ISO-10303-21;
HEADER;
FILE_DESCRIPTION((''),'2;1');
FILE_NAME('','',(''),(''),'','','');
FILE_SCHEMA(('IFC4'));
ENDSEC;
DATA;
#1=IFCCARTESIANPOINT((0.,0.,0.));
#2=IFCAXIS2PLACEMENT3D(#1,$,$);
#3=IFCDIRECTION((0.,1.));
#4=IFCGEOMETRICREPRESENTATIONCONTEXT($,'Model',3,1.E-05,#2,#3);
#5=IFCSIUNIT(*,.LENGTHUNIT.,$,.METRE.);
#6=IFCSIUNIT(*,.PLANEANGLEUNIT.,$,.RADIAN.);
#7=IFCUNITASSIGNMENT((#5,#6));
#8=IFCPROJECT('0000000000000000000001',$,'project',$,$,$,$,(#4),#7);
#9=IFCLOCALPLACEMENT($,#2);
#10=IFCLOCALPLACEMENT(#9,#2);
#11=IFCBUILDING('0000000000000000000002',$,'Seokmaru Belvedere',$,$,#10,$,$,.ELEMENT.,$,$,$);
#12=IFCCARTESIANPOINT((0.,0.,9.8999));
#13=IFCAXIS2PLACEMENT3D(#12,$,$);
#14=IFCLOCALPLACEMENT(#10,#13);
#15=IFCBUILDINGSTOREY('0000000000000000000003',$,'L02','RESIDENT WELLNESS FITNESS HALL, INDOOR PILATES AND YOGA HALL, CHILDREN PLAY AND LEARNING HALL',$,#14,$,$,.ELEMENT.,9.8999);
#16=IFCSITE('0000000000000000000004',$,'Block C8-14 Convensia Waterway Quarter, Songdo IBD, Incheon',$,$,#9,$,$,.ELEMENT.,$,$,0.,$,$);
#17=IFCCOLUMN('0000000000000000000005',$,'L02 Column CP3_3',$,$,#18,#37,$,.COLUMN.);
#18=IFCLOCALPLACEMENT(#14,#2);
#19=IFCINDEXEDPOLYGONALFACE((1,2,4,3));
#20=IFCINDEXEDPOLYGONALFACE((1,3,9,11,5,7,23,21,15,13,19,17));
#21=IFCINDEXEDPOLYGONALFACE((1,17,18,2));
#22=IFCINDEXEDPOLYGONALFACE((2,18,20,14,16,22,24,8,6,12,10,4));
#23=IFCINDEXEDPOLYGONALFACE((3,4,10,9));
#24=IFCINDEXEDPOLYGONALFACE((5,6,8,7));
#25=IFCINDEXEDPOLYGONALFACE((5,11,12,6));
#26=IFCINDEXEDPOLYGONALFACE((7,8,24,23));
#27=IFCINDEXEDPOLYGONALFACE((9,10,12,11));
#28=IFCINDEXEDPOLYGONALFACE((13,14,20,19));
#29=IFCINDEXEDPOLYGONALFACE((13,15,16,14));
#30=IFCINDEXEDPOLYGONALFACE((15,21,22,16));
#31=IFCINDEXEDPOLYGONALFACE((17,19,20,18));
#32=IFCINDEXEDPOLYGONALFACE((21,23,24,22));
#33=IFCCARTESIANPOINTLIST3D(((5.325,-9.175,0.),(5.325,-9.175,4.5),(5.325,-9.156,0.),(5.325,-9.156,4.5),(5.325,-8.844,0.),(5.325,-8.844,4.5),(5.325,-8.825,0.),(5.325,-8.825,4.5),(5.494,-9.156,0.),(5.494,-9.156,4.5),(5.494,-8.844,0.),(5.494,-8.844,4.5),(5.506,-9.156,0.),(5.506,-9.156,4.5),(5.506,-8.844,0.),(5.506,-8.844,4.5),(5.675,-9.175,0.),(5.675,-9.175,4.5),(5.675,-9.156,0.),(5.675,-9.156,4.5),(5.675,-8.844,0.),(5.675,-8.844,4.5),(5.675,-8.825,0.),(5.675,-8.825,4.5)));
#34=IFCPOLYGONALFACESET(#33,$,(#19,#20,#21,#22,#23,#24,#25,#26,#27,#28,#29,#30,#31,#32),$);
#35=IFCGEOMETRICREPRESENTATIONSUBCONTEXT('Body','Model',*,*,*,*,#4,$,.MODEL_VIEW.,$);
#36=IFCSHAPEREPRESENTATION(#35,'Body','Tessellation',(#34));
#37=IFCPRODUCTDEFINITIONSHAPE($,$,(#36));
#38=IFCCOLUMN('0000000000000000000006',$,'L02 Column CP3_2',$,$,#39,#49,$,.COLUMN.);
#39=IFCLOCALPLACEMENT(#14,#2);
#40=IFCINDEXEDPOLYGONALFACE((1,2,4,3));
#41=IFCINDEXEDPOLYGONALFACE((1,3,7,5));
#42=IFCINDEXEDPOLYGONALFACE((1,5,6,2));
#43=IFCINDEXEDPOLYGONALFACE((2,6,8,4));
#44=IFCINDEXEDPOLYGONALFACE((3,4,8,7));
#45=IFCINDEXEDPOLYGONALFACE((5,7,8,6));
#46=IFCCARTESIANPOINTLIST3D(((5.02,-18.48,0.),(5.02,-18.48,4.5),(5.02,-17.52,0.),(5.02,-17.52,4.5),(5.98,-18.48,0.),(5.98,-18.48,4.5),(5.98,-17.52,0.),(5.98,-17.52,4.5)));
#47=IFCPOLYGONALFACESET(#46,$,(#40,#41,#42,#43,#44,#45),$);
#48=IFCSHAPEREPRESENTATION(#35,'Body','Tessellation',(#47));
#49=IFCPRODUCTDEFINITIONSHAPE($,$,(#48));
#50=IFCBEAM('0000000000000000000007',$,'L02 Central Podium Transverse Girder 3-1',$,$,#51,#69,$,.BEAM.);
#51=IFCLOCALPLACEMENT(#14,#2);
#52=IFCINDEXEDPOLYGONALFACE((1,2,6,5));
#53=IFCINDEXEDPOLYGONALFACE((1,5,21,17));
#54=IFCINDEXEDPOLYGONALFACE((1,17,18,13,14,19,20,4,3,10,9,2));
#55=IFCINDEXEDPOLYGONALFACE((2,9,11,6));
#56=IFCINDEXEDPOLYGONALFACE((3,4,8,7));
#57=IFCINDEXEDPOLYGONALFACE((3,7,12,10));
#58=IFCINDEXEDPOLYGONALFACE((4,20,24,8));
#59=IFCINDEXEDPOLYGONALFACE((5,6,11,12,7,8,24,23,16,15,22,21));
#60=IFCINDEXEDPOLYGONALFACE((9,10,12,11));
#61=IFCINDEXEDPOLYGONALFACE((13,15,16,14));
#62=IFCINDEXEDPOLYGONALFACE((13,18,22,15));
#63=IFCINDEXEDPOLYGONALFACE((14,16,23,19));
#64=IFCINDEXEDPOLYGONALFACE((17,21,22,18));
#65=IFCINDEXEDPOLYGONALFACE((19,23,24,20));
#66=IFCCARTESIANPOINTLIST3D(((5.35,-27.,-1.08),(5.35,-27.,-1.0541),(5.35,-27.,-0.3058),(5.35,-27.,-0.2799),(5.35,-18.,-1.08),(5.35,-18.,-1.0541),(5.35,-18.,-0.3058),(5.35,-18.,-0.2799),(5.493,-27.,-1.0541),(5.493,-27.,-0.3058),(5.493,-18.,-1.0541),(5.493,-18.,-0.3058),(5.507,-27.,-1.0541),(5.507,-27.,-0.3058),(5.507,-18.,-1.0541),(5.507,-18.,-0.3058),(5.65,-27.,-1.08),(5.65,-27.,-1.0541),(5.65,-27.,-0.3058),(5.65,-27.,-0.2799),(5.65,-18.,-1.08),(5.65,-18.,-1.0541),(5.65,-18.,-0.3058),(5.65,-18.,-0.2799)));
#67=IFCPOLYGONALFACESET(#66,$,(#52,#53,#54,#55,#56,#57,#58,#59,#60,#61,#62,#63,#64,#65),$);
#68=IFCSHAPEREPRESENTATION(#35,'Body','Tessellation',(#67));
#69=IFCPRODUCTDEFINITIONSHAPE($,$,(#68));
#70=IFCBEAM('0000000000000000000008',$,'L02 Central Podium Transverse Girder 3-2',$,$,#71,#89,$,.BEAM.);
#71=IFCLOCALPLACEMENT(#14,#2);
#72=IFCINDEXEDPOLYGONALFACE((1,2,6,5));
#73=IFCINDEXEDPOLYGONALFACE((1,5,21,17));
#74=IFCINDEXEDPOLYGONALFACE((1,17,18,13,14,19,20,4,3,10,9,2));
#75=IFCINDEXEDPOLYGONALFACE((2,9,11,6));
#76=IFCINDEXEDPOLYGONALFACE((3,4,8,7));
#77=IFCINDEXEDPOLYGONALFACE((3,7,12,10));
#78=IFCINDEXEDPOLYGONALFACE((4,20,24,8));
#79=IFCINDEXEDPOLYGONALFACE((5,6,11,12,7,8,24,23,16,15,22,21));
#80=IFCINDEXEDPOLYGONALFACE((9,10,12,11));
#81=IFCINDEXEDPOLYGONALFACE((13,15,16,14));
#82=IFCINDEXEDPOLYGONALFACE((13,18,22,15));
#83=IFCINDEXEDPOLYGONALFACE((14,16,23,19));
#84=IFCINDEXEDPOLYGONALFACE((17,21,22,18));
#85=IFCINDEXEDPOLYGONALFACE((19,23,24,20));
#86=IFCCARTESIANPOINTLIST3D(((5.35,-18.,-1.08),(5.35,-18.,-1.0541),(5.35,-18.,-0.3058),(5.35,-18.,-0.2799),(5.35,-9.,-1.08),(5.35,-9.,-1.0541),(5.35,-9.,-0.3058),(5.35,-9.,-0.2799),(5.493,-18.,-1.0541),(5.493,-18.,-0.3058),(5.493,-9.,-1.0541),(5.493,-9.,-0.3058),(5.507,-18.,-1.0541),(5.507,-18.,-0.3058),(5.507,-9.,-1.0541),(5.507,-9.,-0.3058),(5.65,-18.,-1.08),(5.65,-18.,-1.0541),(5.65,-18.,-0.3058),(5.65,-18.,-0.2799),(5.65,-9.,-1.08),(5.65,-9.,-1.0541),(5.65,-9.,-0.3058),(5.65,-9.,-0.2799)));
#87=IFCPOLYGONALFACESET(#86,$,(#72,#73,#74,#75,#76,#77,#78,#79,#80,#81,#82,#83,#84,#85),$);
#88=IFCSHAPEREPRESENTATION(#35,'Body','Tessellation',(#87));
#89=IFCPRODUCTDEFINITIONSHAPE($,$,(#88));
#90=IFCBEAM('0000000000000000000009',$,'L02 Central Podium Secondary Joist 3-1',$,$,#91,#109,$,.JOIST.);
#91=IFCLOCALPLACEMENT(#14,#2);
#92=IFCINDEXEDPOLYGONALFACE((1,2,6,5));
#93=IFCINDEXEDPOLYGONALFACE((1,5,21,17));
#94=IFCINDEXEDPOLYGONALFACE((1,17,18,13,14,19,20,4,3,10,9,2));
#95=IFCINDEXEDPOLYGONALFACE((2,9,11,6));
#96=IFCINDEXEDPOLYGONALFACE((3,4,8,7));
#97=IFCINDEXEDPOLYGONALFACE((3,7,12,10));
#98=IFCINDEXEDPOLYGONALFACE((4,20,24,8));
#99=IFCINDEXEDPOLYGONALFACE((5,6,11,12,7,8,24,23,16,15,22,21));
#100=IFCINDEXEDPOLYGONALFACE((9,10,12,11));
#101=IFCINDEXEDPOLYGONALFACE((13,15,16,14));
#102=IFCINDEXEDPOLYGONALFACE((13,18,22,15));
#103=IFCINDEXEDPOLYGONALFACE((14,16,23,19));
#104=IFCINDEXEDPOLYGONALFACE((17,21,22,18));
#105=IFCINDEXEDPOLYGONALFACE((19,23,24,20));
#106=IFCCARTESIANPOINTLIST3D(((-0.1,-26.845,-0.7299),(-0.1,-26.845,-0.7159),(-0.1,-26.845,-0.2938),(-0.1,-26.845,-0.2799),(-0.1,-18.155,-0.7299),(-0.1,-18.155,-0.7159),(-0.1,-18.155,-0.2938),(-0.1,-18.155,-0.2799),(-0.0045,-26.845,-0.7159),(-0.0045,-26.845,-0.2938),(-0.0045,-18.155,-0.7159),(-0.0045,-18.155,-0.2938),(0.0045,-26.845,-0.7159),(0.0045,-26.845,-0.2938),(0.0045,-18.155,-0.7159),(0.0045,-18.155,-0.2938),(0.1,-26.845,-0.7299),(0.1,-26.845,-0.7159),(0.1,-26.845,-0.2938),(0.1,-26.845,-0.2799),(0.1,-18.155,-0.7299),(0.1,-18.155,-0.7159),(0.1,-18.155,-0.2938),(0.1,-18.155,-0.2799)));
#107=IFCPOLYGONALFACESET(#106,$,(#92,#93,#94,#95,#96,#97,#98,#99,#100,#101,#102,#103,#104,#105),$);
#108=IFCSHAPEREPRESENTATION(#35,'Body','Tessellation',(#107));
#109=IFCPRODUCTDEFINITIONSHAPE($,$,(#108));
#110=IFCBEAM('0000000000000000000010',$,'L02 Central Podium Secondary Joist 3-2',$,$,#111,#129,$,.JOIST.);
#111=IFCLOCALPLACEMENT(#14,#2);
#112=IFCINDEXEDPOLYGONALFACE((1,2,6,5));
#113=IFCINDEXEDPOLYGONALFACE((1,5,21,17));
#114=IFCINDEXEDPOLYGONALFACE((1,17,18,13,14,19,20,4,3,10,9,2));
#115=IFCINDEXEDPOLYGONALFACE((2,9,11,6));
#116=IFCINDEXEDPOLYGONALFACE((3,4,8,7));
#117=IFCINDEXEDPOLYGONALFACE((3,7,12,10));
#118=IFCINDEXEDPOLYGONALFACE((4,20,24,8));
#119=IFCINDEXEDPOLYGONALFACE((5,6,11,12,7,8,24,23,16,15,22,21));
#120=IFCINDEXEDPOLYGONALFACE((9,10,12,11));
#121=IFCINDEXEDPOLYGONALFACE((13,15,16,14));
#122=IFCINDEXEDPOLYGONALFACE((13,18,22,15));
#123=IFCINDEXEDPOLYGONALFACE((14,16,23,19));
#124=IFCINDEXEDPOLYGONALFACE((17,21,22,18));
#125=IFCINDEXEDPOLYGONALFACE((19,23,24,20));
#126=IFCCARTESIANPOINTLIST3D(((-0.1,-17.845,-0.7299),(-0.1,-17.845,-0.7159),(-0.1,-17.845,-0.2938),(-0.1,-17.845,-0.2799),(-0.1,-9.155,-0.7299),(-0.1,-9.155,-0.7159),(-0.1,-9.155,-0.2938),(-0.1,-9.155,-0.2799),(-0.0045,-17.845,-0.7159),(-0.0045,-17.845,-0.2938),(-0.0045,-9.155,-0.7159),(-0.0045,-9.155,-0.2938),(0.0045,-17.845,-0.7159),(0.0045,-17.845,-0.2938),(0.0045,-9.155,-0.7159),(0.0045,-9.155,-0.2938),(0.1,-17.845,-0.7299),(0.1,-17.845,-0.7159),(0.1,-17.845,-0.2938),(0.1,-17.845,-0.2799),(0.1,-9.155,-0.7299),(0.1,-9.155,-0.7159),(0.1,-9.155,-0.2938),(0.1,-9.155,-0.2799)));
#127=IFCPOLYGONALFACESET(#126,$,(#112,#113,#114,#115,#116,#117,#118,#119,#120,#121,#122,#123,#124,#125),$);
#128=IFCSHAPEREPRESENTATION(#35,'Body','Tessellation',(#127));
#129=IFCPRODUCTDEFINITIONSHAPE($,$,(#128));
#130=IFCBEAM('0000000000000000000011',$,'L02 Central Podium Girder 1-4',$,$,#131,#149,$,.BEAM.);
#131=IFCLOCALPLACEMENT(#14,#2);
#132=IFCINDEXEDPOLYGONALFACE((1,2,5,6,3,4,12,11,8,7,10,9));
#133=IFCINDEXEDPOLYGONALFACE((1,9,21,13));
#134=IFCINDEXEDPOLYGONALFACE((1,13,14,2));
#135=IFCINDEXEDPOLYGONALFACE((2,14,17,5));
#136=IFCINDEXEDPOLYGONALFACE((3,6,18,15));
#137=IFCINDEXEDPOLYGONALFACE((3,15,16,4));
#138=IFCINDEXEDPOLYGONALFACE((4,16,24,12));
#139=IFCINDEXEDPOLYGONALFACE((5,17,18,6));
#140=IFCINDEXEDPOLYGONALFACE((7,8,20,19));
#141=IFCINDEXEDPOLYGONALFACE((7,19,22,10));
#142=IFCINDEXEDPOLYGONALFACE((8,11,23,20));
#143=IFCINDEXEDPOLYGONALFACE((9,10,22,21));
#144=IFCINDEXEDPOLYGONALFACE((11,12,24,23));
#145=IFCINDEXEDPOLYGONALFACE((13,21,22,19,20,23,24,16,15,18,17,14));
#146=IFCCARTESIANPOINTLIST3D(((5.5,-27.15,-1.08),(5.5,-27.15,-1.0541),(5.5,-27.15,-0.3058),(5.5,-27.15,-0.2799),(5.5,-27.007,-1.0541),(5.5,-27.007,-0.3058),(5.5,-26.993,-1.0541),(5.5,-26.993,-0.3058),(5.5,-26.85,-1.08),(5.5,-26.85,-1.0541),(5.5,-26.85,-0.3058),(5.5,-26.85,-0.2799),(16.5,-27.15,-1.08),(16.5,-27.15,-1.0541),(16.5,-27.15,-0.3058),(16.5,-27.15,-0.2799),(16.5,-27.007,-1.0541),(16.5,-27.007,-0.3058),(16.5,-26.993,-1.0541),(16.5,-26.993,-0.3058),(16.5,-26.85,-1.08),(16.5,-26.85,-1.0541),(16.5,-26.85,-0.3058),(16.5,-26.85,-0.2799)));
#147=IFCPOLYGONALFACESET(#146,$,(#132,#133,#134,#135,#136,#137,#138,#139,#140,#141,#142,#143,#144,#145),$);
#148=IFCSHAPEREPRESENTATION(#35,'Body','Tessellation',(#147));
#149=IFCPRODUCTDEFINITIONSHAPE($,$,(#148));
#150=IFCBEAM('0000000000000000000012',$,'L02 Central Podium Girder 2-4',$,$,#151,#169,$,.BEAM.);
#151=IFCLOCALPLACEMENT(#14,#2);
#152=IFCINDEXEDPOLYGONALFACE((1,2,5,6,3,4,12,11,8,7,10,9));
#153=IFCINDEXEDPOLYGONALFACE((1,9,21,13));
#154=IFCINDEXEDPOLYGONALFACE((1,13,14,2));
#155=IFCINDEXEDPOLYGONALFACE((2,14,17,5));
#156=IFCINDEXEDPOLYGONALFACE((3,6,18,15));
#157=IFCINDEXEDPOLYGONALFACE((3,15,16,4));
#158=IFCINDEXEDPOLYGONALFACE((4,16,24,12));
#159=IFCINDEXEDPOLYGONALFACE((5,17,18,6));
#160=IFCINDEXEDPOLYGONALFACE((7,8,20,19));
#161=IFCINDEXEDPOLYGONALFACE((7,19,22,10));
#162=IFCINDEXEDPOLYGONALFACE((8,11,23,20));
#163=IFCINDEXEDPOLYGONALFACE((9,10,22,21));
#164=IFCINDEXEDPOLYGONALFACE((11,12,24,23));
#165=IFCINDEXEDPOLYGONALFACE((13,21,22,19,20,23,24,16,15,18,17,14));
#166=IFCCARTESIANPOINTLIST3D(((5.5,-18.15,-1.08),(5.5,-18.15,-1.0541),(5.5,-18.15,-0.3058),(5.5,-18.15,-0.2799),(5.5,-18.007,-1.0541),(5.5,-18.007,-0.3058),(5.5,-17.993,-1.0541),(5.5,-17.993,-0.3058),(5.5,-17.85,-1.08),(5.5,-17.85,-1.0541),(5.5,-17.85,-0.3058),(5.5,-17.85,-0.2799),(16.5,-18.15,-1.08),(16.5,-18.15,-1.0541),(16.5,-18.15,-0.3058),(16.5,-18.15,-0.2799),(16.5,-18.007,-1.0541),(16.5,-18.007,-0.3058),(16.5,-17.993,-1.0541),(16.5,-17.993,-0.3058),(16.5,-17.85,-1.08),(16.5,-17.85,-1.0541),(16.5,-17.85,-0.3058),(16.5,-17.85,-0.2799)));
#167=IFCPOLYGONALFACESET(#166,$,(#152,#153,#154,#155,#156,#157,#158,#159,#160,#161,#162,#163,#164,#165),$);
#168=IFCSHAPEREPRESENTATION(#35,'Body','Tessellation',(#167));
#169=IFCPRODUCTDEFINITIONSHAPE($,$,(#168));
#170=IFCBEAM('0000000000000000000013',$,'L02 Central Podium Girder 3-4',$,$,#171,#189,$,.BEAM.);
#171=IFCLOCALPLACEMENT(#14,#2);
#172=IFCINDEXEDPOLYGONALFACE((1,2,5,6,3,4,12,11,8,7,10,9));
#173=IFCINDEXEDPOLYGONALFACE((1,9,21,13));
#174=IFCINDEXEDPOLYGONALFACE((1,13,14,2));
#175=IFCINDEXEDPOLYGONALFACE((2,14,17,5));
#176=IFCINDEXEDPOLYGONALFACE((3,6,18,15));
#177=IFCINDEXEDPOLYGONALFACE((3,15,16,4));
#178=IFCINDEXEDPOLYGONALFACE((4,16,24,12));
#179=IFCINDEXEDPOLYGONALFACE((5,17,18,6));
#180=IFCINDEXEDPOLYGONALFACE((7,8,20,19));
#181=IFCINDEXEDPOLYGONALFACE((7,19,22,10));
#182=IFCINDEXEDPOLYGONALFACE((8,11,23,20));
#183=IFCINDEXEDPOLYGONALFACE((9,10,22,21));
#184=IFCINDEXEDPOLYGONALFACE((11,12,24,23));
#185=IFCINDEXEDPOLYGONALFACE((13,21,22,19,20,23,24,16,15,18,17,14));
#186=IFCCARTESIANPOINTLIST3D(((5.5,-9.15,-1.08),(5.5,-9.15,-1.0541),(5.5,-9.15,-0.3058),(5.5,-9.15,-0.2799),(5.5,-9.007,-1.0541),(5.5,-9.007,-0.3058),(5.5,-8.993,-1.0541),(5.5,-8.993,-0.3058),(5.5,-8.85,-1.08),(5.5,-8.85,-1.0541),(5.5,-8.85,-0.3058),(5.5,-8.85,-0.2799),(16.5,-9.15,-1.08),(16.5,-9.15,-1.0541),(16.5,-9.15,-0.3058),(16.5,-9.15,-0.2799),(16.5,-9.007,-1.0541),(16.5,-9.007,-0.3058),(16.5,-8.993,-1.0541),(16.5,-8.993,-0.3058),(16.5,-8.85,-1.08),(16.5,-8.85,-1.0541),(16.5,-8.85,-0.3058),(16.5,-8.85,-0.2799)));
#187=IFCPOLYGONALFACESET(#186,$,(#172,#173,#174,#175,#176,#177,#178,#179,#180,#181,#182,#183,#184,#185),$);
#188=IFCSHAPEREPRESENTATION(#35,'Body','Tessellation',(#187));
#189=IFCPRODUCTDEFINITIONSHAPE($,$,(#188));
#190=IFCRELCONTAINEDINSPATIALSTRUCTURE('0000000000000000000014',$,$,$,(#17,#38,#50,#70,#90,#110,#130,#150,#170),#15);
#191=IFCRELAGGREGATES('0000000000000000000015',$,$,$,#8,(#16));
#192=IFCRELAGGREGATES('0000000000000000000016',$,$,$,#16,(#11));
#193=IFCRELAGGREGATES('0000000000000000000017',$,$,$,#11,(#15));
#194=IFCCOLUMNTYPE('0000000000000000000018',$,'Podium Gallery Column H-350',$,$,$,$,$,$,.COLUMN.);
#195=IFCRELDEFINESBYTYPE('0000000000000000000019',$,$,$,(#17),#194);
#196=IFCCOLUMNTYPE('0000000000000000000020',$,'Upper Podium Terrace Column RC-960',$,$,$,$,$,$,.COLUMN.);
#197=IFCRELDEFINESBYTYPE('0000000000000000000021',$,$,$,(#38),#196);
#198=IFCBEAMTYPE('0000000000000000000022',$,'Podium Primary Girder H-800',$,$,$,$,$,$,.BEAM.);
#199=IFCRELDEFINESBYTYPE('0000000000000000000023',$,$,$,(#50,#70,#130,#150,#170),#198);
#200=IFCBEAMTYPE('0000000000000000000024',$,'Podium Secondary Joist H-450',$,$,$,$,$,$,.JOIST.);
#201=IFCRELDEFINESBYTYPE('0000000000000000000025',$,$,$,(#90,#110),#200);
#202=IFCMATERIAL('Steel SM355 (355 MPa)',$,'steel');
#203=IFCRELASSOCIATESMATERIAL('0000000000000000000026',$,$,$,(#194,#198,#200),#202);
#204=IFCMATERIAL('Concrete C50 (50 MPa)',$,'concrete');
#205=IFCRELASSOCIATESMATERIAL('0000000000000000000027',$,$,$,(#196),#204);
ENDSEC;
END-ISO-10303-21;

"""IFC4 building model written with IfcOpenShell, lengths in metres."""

from ifc_helpers import new_model, si_unit, direction, frame, origin, origin_2d, place, context, subcontext, project, spatial, rectangle, i_section, extrude, source, transform, mapped, material, material_profile, profile_set, type_object, type_shapes, element, save


model = new_model("IFC4")

# Units and contexts
model_context = context("Model", 3, precision=1e-05, world=origin(), true_north=direction((0.0, 1.0)))
body_context = subcontext(model_context, "Body", "Model", "MODEL_VIEW")
ifc_project = project(units=[si_unit("LENGTHUNIT", "METRE"), si_unit("PLANEANGLEUNIT", "RADIAN")], contexts=[model_context])

# Site, building, storey
site_placement = place(None, origin())
site = spatial("IfcSite", under=ifc_project, at=site_placement, Name="Block C8-14 Convensia Waterway Quarter, Songdo IBD, Incheon", CompositionType="ELEMENT", RefElevation=0.0)
building_placement = place(site_placement, origin())
building = spatial("IfcBuilding", under=site, at=building_placement, Name="Seokmaru Belvedere", CompositionType="ELEMENT")
storey_placement = place(building_placement, frame((0.0, 0.0, 9.8999)))
storey = spatial("IfcBuildingStorey", under=building, at=storey_placement, Name="L02", Description="RESIDENT WELLNESS FITNESS HALL, INDOOR PILATES AND YOGA HALL, CHILDREN PLAY AND LEARNING HALL", CompositionType="ELEMENT", Elevation=9.8999)

# Columns
ifc_material_1 = material(Name="Steel SM355 (355 MPa)", Category="steel")
ifc_material_profile_1 = material_profile(ifc_material_1, i_section(OverallWidth=0.3501, OverallDepth=0.3501, WebThickness=0.012, FlangeThickness=0.019, at=origin_2d()), Name="H-350x350x12x19")
ifc_profile_set_1 = profile_set([ifc_material_profile_1], Name="Steel SM355 (355 MPa)")
column_type_1 = type_object("IfcColumnType", Name="Podium Gallery Column H-350", PredefinedType="COLUMN", material=ifc_profile_set_1)
shared_shape_1 = source(origin(), body_context, "Body", "SweptSolid", [
    extrude(i_section(OverallWidth=0.3501, OverallDepth=0.3501, WebThickness=0.012, FlangeThickness=0.019, at=origin_2d()), origin(), (0.0, 0.0, 1.0), 4.5),
])
type_shapes(column_type_1, [shared_shape_1])
column_1_placement = place(storey_placement, frame((5.5, -9.0, 0.0), z_axis=(0.0, 0.0, 1.0), x_axis=(1.0, 0.0, 0.0)))
element("IfcColumn", 1, at=column_1_placement, inside=storey, type_object=column_type_1, Name="L02 Column CP3_3", PredefinedType="COLUMN", context=body_context, shape_type="MappedRepresentation", body=[
    mapped(shared_shape_1, transform((0.0, 0.0, 0.0), scale=1.0)),
])
ifc_material_2 = material(Name="Concrete C50 (50 MPa)", Category="concrete")
ifc_material_profile_2 = material_profile(ifc_material_2, rectangle(XDim=0.96, YDim=0.96, at=origin_2d()), Name="RC-960x960")
ifc_profile_set_2 = profile_set([ifc_material_profile_2], Name="Concrete C50 (50 MPa)")
column_type_2 = type_object("IfcColumnType", Name="Upper Podium Terrace Column RC-960", PredefinedType="COLUMN", material=ifc_profile_set_2)
shared_shape_2 = source(origin(), body_context, "Body", "SweptSolid", [
    extrude(rectangle(XDim=0.96, YDim=0.96, at=origin_2d()), origin(), (0.0, 0.0, 1.0), 4.5),
])
type_shapes(column_type_2, [shared_shape_2])
column_2_placement = place(storey_placement, frame((5.5, -18.0, 0.0), z_axis=(0.0, 0.0, 1.0), x_axis=(1.0, 0.0, 0.0)))
element("IfcColumn", 2, at=column_2_placement, inside=storey, type_object=column_type_2, Name="L02 Column CP3_2", PredefinedType="COLUMN", context=body_context, shape_type="MappedRepresentation", body=[
    mapped(shared_shape_2, transform((0.0, 0.0, 0.0), scale=1.0)),
])

# Beams
ifc_material_profile_3 = material_profile(ifc_material_1, i_section(OverallWidth=0.3, OverallDepth=0.8, WebThickness=0.0139, FlangeThickness=0.0259, at=origin_2d()), Name="H-800x300x14x26")
ifc_profile_set_3 = profile_set([ifc_material_profile_3], Name="Steel SM355 (355 MPa)")
beam_type_1 = type_object("IfcBeamType", Name="Podium Primary Girder H-800", PredefinedType="BEAM", material=ifc_profile_set_3)
shared_shape_3 = source(origin(), body_context, "Body", "SweptSolid", [
    extrude(i_section(OverallWidth=0.3, OverallDepth=0.8, WebThickness=0.0139, FlangeThickness=0.0259, at=origin_2d()), origin(), (0.0, 0.0, 1.0), 9.0),
])
for number, where, z_axis, x_axis, name in (
    (3, (5.5, -27.0, -0.6799), (0.0, 1.0, 0.0), (-1.0, 0.0, 0.0), "L02 Central Podium Transverse Girder 3-1"),
    (4, (5.5, -18.0, -0.6799), (0.0, 1.0, 0.0), (-1.0, 0.0, 0.0), "L02 Central Podium Transverse Girder 3-2"),
):
    element("IfcBeam", number, at=place(storey_placement, frame(where, z_axis=z_axis, x_axis=x_axis)), inside=storey, type_object=beam_type_1, Name=name, PredefinedType="BEAM", context=body_context, shape_type="MappedRepresentation", body=[
        mapped(shared_shape_3, transform((0.0, 0.0, 0.0), scale=1.0)),
    ])
ifc_material_profile_4 = material_profile(ifc_material_1, i_section(OverallWidth=0.2, OverallDepth=0.45, WebThickness=0.009, FlangeThickness=0.0139, at=origin_2d()), Name="H-450x200x9x14")
ifc_profile_set_4 = profile_set([ifc_material_profile_4], Name="Steel SM355 (355 MPa)")
beam_type_2 = type_object("IfcBeamType", Name="Podium Secondary Joist H-450", PredefinedType="JOIST", material=ifc_profile_set_4)
shared_shape_4 = source(origin(), body_context, "Body", "SweptSolid", [
    extrude(i_section(OverallWidth=0.2, OverallDepth=0.45, WebThickness=0.009, FlangeThickness=0.0139, at=origin_2d()), origin(), (0.0, 0.0, 1.0), 8.6899),
])
type_shapes(beam_type_2, [shared_shape_4])
for number, where, z_axis, x_axis, name in (
    (5, (0.0, -26.845, -0.5049), (0.0, 1.0, 0.0), (-1.0, 0.0, 0.0), "L02 Central Podium Secondary Joist 3-1"),
    (6, (0.0, -17.845, -0.5049), (0.0, 1.0, 0.0), (-1.0, 0.0, 0.0), "L02 Central Podium Secondary Joist 3-2"),
):
    element("IfcBeam", number, at=place(storey_placement, frame(where, z_axis=z_axis, x_axis=x_axis)), inside=storey, type_object=beam_type_2, Name=name, PredefinedType="JOIST", context=body_context, shape_type="MappedRepresentation", body=[
        mapped(shared_shape_4, transform((0.0, 0.0, 0.0), scale=1.0)),
    ])
shared_shape_5 = source(origin(), body_context, "Body", "SweptSolid", [
    extrude(i_section(OverallWidth=0.3, OverallDepth=0.8, WebThickness=0.0139, FlangeThickness=0.0259, at=origin_2d()), origin(), (0.0, 0.0, 1.0), 11.0),
])
type_shapes(beam_type_1, [shared_shape_3, shared_shape_5])
for number, where, z_axis, x_axis, name in (
    (7, (5.5, -27.0, -0.6799), (1.0, 0.0, 0.0), (0.0, 1.0, 0.0), "L02 Central Podium Girder 1-4"),
    (8, (5.5, -18.0, -0.6799), (1.0, 0.0, 0.0), (0.0, 1.0, 0.0), "L02 Central Podium Girder 2-4"),
    (9, (5.5, -9.0, -0.6799), (1.0, 0.0, 0.0), (0.0, 1.0, 0.0), "L02 Central Podium Girder 3-4"),
):
    element("IfcBeam", number, at=place(storey_placement, frame(where, z_axis=z_axis, x_axis=x_axis)), inside=storey, type_object=beam_type_1, Name=name, PredefinedType="BEAM", context=body_context, shape_type="MappedRepresentation", body=[
        mapped(shared_shape_5, transform((0.0, 0.0, 0.0), scale=1.0)),
    ])

save(model, "model.ifc")
